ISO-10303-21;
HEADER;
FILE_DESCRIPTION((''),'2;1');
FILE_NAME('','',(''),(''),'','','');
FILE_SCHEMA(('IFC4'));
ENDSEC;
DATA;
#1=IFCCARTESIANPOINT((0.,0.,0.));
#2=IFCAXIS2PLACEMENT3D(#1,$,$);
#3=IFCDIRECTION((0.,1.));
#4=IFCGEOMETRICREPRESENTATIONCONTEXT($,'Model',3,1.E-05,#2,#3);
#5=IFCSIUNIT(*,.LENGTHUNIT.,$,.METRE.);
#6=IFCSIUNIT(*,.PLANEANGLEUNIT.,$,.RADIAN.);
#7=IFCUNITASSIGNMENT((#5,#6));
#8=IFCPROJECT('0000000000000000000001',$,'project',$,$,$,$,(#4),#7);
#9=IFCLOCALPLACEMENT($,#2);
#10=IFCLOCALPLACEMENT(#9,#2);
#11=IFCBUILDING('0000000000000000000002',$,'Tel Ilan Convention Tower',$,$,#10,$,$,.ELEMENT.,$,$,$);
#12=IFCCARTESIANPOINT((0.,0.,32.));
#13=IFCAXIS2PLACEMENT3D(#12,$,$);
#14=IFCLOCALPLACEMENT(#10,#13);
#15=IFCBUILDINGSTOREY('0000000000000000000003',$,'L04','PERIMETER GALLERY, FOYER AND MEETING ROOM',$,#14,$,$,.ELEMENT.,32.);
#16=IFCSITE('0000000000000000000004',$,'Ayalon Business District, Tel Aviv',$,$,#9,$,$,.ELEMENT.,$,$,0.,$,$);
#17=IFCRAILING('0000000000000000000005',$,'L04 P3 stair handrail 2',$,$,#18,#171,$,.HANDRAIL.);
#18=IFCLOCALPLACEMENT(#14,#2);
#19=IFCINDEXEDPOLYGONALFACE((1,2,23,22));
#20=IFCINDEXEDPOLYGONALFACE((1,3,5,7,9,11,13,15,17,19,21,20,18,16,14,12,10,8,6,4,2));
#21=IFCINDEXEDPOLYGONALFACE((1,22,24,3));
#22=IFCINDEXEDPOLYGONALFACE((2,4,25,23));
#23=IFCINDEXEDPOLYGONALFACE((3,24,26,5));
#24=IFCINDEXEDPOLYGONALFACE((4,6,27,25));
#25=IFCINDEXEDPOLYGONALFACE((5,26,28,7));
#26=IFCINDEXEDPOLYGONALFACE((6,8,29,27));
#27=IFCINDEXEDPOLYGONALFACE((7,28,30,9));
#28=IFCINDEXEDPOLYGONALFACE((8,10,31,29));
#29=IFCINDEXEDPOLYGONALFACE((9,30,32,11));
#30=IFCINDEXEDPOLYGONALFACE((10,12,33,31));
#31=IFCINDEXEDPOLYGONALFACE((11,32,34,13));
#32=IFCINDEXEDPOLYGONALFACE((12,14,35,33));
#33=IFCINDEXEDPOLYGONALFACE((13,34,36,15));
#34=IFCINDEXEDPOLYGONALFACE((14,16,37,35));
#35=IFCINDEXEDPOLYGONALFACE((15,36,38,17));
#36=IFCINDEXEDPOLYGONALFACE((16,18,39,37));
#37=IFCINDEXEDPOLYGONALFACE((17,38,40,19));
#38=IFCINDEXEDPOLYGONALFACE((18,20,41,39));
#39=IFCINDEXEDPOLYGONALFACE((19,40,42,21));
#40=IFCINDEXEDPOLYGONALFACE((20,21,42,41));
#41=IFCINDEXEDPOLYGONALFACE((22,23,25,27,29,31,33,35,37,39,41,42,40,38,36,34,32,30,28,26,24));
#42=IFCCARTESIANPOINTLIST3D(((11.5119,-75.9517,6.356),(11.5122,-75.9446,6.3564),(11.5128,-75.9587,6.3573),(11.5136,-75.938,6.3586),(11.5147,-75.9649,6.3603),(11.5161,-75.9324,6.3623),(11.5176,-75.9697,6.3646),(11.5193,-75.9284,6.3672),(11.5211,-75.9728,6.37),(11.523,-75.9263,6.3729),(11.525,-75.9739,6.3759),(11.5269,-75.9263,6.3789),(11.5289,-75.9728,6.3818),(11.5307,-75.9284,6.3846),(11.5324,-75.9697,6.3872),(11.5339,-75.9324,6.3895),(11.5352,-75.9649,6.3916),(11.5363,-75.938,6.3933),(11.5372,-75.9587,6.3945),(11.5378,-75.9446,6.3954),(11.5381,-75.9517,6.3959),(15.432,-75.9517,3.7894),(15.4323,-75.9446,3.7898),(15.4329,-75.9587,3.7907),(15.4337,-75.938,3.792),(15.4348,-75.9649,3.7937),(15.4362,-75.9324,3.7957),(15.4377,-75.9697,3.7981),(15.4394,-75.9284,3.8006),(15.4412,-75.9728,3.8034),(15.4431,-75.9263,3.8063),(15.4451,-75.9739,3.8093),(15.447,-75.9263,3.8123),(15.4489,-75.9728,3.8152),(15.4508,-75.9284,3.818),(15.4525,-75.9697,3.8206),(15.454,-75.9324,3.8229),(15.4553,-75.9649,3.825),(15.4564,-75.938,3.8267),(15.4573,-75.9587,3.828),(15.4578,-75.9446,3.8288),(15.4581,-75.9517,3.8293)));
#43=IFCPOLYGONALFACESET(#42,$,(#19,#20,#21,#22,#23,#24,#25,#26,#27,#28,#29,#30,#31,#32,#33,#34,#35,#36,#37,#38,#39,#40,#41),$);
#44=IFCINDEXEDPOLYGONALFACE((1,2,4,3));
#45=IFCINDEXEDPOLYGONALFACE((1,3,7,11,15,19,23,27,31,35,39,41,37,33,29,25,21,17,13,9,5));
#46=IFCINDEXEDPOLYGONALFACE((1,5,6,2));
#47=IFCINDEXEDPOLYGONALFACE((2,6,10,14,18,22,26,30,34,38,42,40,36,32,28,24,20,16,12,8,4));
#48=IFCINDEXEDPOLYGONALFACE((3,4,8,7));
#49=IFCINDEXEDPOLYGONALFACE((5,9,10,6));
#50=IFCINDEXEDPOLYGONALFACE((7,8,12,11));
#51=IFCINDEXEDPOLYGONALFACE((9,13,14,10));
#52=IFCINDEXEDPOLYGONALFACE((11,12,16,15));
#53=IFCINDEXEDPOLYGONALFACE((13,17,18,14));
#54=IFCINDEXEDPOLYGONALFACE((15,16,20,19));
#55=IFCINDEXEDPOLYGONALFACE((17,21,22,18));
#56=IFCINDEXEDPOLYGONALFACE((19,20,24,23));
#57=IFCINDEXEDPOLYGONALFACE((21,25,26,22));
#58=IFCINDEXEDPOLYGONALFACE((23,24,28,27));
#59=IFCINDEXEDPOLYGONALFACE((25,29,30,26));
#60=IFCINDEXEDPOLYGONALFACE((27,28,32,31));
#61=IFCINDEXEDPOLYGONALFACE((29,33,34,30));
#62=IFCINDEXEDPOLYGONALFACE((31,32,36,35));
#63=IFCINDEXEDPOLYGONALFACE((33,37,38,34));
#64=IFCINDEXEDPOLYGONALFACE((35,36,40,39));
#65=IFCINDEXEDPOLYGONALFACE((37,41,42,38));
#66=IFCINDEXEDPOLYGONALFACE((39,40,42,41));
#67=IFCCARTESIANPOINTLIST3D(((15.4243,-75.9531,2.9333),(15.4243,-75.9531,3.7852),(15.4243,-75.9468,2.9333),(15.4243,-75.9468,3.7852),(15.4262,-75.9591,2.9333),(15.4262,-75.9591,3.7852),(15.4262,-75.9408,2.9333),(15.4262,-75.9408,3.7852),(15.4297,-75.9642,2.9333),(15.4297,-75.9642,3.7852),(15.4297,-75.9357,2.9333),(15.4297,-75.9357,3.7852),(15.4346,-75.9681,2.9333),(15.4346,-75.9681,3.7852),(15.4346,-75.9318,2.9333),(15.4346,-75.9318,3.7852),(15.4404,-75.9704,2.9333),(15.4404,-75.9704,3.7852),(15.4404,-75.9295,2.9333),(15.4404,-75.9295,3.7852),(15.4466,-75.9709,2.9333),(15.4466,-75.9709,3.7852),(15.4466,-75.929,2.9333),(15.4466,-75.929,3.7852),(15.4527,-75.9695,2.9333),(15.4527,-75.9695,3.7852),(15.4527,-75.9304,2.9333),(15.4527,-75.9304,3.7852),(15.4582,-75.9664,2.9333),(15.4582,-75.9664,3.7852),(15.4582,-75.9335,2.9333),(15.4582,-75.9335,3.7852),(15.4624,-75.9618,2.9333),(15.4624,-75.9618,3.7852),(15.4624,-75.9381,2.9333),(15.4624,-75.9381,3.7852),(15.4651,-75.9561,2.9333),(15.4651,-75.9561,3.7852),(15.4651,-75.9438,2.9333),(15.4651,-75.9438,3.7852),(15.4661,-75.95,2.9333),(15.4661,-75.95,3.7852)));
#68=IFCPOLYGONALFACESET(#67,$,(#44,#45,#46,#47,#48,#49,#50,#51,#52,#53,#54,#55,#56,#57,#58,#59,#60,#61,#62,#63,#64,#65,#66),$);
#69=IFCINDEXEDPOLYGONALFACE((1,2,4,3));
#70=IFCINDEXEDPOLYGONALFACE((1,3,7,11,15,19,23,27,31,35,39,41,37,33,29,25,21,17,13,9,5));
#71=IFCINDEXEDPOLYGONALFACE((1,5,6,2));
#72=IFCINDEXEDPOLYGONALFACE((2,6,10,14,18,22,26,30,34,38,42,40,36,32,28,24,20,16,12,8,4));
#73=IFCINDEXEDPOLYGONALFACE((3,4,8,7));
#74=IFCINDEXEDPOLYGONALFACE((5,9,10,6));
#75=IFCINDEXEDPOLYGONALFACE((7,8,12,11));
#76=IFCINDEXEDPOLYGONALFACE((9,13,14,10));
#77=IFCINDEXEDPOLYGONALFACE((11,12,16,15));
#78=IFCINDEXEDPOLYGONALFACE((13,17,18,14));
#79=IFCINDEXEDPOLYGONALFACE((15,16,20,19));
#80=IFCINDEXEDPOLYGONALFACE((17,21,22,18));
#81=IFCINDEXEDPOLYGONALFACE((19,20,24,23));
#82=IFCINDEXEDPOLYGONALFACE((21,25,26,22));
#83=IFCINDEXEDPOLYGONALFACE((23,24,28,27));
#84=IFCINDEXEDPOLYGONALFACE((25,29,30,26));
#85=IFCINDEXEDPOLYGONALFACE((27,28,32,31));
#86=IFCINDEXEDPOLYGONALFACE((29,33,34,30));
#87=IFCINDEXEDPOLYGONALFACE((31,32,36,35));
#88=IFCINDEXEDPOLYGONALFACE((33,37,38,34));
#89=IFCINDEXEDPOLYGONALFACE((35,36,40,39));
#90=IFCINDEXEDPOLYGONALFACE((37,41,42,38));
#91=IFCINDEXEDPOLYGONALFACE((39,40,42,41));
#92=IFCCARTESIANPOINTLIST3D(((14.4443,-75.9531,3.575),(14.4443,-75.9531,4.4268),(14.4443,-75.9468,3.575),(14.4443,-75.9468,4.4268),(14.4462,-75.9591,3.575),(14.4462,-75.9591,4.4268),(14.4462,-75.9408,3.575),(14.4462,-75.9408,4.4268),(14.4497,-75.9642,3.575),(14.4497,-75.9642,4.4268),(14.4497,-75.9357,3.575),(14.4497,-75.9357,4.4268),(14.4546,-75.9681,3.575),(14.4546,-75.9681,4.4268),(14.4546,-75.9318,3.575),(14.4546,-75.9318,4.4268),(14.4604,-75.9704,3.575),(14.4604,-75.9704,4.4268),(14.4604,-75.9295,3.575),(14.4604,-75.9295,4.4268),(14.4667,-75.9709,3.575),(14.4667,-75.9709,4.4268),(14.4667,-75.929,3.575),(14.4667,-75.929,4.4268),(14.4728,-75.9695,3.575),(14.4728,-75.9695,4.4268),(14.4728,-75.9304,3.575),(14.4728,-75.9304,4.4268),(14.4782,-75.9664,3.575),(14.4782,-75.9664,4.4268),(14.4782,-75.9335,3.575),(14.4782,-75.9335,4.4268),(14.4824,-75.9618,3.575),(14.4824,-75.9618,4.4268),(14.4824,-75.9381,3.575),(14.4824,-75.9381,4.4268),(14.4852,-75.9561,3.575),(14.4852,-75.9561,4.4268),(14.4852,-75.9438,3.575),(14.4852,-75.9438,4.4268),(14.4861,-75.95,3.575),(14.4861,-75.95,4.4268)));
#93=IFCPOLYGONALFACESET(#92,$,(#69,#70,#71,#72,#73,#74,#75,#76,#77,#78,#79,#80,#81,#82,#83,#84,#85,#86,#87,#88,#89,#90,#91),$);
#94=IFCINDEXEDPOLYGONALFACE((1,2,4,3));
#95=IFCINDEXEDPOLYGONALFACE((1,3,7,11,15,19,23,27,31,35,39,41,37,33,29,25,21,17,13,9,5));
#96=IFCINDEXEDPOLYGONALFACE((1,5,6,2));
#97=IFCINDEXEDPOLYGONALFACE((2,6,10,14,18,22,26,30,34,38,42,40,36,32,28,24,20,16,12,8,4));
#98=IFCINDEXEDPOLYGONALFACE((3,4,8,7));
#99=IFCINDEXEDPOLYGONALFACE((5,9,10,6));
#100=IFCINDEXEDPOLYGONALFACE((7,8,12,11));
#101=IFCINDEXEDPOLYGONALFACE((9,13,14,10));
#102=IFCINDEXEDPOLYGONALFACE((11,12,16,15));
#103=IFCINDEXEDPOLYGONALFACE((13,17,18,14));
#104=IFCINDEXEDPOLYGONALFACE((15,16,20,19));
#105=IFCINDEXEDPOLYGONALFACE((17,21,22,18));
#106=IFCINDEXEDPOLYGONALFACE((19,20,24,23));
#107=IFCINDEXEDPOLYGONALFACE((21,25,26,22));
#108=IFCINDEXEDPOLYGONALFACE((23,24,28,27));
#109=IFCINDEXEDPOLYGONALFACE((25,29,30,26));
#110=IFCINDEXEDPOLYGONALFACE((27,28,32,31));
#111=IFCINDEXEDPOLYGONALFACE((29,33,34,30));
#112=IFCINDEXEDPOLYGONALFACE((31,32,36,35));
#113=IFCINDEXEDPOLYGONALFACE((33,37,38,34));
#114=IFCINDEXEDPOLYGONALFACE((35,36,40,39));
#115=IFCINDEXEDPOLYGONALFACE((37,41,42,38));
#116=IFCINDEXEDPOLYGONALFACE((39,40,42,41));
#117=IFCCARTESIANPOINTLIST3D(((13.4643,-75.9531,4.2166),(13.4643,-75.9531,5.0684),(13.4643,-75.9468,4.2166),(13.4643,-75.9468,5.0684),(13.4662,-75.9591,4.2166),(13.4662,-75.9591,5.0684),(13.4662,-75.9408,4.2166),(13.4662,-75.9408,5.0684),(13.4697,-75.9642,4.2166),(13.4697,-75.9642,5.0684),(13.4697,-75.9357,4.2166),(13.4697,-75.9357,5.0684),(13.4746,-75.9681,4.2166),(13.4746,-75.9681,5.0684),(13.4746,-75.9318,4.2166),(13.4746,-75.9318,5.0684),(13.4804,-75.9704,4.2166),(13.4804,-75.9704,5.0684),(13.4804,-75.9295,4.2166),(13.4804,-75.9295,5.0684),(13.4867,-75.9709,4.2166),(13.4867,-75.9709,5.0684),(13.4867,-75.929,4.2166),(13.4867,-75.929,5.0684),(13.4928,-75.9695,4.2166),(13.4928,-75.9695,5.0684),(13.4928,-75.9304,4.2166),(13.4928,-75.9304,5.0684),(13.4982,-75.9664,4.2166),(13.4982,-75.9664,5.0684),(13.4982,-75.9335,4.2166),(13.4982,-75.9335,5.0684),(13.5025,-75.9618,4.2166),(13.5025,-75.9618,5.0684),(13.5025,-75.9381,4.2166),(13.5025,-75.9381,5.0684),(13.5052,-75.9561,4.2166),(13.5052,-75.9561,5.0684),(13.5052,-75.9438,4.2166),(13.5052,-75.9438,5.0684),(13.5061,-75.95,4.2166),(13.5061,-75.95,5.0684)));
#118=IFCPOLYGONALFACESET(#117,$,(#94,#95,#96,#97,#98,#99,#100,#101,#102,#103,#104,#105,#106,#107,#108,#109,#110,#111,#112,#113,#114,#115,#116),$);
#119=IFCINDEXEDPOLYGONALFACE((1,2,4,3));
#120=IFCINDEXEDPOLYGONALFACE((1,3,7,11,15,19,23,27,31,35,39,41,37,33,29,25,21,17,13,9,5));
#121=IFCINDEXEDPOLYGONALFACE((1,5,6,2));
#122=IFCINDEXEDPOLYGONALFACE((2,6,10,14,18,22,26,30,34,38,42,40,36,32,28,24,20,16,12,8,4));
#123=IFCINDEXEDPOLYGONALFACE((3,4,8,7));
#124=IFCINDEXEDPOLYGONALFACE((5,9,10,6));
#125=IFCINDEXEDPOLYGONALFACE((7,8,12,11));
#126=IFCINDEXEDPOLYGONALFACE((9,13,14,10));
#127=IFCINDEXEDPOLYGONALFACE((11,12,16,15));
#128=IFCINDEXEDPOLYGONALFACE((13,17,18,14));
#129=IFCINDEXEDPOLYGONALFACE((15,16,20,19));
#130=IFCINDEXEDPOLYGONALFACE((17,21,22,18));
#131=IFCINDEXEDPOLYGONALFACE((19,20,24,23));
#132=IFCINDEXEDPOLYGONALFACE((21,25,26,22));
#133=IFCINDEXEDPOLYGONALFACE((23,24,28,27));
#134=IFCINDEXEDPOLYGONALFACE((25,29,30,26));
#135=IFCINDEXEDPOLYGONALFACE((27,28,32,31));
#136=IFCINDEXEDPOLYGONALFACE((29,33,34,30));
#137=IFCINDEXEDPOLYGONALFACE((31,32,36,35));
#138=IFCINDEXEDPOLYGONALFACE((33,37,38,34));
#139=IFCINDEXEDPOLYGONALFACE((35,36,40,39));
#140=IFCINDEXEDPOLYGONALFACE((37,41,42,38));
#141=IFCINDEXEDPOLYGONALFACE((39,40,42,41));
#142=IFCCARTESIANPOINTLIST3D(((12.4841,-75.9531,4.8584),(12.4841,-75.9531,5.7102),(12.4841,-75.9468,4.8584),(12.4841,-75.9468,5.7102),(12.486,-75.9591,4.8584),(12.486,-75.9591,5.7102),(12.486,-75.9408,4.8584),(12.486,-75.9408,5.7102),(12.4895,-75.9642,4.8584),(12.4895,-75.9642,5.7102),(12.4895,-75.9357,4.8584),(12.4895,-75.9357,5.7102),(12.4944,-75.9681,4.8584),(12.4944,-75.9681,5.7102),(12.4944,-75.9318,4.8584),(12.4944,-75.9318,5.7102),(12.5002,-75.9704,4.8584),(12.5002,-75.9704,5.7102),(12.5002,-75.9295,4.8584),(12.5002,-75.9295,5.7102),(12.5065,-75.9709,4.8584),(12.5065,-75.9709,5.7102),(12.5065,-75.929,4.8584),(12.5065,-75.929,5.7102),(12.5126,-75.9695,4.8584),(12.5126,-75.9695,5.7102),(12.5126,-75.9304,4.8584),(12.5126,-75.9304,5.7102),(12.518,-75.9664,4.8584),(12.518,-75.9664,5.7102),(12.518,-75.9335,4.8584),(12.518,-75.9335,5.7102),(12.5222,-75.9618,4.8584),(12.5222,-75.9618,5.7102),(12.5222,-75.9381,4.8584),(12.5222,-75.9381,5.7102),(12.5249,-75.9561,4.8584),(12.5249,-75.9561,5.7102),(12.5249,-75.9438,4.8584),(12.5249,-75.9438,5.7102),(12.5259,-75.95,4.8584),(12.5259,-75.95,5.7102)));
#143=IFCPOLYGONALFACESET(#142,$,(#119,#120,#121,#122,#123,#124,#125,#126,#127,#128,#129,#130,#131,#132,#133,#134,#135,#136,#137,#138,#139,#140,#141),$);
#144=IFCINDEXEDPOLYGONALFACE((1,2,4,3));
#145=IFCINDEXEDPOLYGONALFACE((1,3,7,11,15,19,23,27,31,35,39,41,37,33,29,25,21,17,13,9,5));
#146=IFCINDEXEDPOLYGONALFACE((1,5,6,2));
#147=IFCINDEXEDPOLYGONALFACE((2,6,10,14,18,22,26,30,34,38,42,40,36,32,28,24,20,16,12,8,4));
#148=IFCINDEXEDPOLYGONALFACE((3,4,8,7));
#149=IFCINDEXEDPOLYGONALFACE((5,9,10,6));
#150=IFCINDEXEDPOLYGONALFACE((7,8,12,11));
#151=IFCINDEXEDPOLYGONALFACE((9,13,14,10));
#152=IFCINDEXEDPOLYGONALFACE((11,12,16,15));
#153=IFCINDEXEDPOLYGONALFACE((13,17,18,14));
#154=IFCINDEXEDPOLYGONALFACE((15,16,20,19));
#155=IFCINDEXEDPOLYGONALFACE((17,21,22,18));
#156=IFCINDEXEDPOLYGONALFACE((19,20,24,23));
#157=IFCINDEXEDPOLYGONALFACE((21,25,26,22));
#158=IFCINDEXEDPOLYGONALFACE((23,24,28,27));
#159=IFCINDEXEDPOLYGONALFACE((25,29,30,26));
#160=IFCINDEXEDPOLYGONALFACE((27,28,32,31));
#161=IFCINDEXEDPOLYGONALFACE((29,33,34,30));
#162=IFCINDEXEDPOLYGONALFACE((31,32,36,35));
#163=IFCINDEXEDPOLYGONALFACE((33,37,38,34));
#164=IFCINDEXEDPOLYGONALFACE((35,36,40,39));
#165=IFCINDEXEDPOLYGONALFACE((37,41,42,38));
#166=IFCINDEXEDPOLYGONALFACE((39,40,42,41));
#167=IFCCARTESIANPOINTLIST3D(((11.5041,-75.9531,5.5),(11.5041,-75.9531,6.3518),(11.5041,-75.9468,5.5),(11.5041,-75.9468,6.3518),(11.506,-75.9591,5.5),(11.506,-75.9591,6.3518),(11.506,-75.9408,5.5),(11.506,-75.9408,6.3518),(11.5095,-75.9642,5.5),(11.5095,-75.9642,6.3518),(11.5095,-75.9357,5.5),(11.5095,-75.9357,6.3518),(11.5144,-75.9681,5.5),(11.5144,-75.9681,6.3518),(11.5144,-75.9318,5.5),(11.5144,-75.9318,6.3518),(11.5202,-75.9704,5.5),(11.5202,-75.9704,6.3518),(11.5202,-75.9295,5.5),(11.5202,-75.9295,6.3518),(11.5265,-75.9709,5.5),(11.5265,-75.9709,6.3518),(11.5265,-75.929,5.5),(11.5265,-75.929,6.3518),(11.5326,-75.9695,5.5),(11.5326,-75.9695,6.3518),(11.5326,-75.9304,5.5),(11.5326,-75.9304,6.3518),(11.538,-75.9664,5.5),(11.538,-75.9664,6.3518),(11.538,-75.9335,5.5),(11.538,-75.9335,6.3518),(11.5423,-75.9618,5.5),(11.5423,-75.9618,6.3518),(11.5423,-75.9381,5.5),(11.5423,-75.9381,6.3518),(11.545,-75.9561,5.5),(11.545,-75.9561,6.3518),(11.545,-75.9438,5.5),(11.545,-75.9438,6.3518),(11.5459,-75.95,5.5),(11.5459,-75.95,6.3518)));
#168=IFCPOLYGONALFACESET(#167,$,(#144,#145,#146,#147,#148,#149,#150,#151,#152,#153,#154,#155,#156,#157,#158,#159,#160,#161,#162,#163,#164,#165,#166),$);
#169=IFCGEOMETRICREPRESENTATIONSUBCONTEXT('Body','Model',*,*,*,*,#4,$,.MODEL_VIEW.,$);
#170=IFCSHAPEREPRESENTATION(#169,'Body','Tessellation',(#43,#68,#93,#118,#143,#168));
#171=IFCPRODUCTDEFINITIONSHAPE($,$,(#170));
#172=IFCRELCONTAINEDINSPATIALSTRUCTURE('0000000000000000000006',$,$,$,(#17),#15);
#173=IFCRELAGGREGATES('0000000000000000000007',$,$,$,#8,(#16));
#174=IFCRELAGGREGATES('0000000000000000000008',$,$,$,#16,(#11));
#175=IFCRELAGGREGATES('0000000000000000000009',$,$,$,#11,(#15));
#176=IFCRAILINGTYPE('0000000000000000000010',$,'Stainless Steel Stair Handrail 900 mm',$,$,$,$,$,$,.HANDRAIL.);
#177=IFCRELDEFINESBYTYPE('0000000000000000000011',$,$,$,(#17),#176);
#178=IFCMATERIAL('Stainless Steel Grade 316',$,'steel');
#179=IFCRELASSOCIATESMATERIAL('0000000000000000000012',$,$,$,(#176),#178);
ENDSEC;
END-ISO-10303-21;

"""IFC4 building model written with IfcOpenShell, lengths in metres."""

from ifc_helpers import new_model, si_unit, direction, frame, origin, origin_2d, place, context, subcontext, project, spatial, circle, extrude, material, type_object, element, save


model = new_model("IFC4")

# Units and contexts
model_context = context("Model", 3, precision=1e-05, world=origin(), true_north=direction((0.0, 1.0)))
body_context = subcontext(model_context, "Body", "Model", "MODEL_VIEW")
ifc_project = project(units=[si_unit("LENGTHUNIT", "METRE"), si_unit("PLANEANGLEUNIT", "RADIAN")], contexts=[model_context])

# Site, building, storey
site_placement = place(None, origin())
site = spatial("IfcSite", under=ifc_project, at=site_placement, Name="Ayalon Business District, Tel Aviv", CompositionType="ELEMENT", RefElevation=0.0)
building_placement = place(site_placement, origin())
building = spatial("IfcBuilding", under=site, at=building_placement, Name="Tel Ilan Convention Tower", CompositionType="ELEMENT")
storey_placement = place(building_placement, frame((0.0, 0.0, 32.0)))
storey = spatial("IfcBuildingStorey", under=building, at=storey_placement, Name="L04", Description="PERIMETER GALLERY, FOYER AND MEETING ROOM", CompositionType="ELEMENT", Elevation=32.0)

# Railing
ifc_material_1 = material(Name="Stainless Steel Grade 316", Category="steel")
railing_type_1 = type_object("IfcRailingType", Name="Stainless Steel Stair Handrail 900 mm", PredefinedType="HANDRAIL", material=ifc_material_1)
railing_1_placement = place(storey_placement, frame((15.4451, -75.95, 2.9333)))
element("IfcRailing", 1, at=railing_1_placement, inside=storey, type_object=railing_type_1, Name="L04 P3 stair handrail 2", PredefinedType="HANDRAIL", context=body_context, shape_type="SweptSolid", body=[
    extrude(circle(Radius=0.0239, at=origin_2d()), frame((0.0, 0.0, 0.876), z_axis=(-0.836631, 0.0, 0.547767), x_axis=(0.0, -1.0, 0.0)), (0.0, 0.0, 1.0), 4.6855),
    extrude(circle(Radius=0.021, at=origin_2d()), origin(), (0.0, 0.0, 1.0), 0.8518),
    extrude(circle(Radius=0.021, at=origin_2d()), frame((-0.98, 0.0, 0.6416)), (0.0, 0.0, 1.0), 0.8518),
    extrude(circle(Radius=0.021, at=origin_2d()), frame((-1.96, 0.0, 1.2832)), (0.0, 0.0, 1.0), 0.8518),
    extrude(circle(Radius=0.021, at=origin_2d()), frame((-2.9402, 0.0, 1.925)), (0.0, 0.0, 1.0), 0.8518),
    extrude(circle(Radius=0.021, at=origin_2d()), frame((-3.9202, 0.0, 2.5667)), (0.0, 0.0, 1.0), 0.8518),
])

save(model, "model.ifc")
